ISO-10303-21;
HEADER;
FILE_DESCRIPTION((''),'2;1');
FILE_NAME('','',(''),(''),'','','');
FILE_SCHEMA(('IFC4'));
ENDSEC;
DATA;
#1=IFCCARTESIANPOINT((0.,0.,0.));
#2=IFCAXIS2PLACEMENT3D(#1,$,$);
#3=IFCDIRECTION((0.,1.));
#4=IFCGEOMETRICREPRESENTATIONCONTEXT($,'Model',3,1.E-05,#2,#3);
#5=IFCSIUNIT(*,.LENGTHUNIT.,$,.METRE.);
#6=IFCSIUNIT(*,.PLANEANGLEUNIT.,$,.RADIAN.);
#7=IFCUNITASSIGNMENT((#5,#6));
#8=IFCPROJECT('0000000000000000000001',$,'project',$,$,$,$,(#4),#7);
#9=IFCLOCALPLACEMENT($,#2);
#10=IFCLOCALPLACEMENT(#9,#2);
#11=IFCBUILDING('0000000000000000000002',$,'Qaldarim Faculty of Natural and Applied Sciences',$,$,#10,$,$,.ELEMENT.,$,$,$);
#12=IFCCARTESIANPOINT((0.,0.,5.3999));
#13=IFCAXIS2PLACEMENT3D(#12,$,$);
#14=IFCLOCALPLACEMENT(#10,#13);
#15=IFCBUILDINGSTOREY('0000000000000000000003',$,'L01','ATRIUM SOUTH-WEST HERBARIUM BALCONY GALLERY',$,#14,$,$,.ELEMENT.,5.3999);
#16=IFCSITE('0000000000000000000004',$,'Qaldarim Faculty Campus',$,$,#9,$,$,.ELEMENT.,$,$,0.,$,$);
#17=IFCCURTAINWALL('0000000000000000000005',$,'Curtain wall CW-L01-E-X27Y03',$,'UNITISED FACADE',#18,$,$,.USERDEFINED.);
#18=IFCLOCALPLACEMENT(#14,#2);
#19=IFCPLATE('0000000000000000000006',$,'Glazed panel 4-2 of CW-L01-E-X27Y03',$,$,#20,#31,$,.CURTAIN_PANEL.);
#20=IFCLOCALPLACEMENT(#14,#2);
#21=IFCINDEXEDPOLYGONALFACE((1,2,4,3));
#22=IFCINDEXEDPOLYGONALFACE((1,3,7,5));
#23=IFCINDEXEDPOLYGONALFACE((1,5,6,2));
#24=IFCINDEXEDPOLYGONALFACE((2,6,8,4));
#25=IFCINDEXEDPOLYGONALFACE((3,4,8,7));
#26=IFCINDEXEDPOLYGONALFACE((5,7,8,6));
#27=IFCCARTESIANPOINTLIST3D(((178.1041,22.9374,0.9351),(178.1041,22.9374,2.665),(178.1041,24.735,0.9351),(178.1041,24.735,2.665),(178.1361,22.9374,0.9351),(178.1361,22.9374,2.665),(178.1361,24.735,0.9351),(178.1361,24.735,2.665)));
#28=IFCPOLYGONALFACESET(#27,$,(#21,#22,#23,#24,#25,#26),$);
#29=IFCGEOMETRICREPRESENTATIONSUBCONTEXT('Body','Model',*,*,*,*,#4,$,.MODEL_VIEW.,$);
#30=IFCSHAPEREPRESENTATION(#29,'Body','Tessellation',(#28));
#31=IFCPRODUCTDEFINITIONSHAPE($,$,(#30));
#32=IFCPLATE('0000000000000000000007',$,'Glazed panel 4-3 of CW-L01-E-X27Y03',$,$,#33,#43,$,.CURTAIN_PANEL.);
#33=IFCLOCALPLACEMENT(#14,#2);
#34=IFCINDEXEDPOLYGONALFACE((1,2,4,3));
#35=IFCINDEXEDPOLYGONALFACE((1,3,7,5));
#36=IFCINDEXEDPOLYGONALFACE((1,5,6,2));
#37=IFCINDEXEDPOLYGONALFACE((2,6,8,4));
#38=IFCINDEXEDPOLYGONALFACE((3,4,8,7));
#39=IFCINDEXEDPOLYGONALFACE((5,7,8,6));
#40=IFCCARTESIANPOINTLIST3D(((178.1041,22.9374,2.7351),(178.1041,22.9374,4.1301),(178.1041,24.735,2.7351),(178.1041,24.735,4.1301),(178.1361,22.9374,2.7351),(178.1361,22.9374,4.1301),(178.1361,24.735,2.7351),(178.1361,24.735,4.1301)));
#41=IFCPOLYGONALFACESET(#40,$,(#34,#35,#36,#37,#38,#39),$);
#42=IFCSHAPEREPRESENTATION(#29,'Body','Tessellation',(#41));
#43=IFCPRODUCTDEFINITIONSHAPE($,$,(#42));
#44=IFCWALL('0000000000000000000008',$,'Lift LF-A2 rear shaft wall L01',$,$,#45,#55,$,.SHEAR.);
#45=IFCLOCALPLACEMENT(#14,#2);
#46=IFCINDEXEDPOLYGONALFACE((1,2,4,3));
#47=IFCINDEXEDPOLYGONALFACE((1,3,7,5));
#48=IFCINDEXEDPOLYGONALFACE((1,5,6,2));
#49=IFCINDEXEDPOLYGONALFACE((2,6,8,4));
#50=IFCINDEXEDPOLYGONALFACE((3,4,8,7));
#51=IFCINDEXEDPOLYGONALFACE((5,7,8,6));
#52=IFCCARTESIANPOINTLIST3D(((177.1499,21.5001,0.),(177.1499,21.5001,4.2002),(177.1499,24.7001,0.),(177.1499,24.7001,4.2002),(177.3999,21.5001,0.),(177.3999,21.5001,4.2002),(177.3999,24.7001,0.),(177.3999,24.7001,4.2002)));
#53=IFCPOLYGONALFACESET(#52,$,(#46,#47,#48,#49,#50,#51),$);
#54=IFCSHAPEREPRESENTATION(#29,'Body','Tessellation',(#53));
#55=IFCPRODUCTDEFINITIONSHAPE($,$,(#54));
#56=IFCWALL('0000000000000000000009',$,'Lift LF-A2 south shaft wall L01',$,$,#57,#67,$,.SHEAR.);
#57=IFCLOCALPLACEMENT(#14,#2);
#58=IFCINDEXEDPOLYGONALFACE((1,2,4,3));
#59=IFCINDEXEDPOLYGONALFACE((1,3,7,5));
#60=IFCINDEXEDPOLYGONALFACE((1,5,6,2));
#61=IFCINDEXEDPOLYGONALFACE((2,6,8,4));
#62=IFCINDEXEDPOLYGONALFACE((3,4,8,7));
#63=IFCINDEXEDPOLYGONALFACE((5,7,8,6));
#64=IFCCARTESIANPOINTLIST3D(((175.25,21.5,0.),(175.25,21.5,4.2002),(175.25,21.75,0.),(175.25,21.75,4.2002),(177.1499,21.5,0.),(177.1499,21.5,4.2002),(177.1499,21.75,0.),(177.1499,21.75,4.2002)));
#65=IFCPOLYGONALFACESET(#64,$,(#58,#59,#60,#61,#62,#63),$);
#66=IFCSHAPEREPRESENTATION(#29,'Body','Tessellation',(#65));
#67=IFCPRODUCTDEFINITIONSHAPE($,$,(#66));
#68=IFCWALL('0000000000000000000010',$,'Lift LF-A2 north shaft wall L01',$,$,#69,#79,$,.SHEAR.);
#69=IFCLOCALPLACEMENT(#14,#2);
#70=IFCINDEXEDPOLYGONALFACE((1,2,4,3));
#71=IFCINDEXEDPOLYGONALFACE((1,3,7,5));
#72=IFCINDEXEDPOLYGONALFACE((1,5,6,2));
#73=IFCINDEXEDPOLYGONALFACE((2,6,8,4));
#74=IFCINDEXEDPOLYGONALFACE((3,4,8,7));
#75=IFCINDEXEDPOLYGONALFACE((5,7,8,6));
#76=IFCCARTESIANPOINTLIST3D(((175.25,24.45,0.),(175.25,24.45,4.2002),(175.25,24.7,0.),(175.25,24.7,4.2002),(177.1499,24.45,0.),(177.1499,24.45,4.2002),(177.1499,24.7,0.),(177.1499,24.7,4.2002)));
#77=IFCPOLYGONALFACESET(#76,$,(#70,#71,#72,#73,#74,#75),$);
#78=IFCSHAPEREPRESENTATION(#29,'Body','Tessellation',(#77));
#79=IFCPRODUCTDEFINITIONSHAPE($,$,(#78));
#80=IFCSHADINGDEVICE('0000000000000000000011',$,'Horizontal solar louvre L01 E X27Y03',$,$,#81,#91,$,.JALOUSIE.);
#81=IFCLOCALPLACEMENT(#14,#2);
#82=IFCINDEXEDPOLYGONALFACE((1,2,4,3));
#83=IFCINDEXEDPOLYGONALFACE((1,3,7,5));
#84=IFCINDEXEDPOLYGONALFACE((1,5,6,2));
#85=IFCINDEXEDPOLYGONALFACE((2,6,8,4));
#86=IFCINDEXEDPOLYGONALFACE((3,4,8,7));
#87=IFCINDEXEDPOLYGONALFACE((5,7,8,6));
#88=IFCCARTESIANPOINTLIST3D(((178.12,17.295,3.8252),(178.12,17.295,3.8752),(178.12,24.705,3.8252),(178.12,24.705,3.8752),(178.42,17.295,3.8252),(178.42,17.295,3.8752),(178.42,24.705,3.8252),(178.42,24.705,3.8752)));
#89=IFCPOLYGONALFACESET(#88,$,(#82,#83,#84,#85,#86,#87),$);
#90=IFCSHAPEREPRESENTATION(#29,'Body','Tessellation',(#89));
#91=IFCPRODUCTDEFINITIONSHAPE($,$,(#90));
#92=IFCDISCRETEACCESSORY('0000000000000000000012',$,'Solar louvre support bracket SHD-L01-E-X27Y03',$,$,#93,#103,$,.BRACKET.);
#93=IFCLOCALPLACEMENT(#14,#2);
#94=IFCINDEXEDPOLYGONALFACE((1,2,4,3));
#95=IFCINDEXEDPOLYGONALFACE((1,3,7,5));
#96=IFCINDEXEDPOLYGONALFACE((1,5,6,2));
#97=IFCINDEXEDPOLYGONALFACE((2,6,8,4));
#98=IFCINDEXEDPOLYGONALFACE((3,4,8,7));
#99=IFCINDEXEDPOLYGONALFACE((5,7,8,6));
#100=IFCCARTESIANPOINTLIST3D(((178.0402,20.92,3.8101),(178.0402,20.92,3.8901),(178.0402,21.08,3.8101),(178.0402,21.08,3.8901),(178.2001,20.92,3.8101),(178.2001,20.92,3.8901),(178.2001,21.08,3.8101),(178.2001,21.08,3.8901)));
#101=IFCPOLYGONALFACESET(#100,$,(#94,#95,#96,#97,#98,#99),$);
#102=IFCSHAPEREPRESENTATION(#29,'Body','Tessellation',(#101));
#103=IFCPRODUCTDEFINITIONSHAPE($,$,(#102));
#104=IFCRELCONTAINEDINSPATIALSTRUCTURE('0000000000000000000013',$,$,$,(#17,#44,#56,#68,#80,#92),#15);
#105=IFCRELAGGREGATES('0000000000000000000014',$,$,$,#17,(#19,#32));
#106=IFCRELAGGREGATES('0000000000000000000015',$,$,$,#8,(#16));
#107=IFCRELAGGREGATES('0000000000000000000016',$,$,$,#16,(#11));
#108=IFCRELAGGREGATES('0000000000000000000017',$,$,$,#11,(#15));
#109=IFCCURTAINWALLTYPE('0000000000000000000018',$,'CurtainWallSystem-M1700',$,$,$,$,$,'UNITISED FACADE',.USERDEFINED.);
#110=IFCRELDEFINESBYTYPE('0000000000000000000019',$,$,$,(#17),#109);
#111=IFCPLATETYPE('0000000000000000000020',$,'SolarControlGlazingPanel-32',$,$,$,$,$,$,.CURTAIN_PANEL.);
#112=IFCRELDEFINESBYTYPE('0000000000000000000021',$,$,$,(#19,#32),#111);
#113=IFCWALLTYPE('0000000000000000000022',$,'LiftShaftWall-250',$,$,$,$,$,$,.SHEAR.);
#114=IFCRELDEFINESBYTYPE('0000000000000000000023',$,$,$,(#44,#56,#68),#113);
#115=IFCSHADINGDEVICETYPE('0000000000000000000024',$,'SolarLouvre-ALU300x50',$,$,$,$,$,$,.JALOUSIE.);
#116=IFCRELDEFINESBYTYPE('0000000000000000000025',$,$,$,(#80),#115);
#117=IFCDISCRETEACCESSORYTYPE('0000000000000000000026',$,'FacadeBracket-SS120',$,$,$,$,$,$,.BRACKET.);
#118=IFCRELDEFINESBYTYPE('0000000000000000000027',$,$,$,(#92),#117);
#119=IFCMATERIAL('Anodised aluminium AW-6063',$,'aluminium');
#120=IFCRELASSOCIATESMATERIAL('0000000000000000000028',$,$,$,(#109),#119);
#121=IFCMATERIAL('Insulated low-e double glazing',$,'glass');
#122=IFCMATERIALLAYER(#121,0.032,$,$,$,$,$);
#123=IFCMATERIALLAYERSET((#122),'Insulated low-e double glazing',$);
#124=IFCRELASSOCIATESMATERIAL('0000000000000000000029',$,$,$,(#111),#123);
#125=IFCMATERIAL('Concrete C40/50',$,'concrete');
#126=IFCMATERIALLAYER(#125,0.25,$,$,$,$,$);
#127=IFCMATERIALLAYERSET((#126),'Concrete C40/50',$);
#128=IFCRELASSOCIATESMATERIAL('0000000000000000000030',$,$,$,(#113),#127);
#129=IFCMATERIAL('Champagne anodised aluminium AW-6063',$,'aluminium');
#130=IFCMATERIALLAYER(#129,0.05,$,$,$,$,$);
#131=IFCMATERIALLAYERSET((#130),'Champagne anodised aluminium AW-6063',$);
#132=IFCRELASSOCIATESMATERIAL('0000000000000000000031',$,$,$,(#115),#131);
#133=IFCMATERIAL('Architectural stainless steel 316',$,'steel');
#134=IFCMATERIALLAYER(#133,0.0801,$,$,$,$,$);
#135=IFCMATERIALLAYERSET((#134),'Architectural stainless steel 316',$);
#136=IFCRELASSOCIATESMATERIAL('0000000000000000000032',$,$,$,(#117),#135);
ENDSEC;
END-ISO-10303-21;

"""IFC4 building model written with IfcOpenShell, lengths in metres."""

from ifc_helpers import new_model, si_unit, direction, frame, frame_2d, origin, origin_2d, place, context, subcontext, project, spatial, rectangle, extrude, material, layer, layer_set, type_object, element, aggregate, save


model = new_model("IFC4")

# Units and contexts
model_context = context("Model", 3, precision=1e-05, world=origin(), true_north=direction((0.0, 1.0)))
body_context = subcontext(model_context, "Body", "Model", "MODEL_VIEW")
ifc_project = project(units=[si_unit("LENGTHUNIT", "METRE"), si_unit("PLANEANGLEUNIT", "RADIAN")], contexts=[model_context])

# Site, building, storey
site_placement = place(None, origin())
site = spatial("IfcSite", under=ifc_project, at=site_placement, Name="Qaldarim Faculty Campus", CompositionType="ELEMENT", RefElevation=0.0)
building_placement = place(site_placement, origin())
building = spatial("IfcBuilding", under=site, at=building_placement, Name="Qaldarim Faculty of Natural and Applied Sciences", CompositionType="ELEMENT")
storey_placement = place(building_placement, frame((0.0, 0.0, 5.3999)))
storey = spatial("IfcBuildingStorey", under=building, at=storey_placement, Name="L01", Description="ATRIUM SOUTH-WEST HERBARIUM BALCONY GALLERY", CompositionType="ELEMENT", Elevation=5.3999)

# Curtain wall, plates
ifc_material_1 = material(Name="Anodised aluminium AW-6063", Category="aluminium")
curtain_wall_type = type_object("IfcCurtainWallType", Name="CurtainWallSystem-M1700", ElementType="UNITISED FACADE", PredefinedType="USERDEFINED", material=ifc_material_1)
curtain_wall_placement = place(storey_placement, origin())
curtain_wall = element("IfcCurtainWall", 1, at=curtain_wall_placement, inside=storey, type_object=curtain_wall_type, Name="Curtain wall CW-L01-E-X27Y03", ObjectType="UNITISED FACADE", PredefinedType="USERDEFINED")
ifc_material_2 = material(Name="Insulated low-e double glazing", Category="glass")
ifc_layer_1 = layer(ifc_material_2, 0.032)
ifc_layer_set_1 = layer_set([ifc_layer_1], Name="Insulated low-e double glazing")
plate_type = type_object("IfcPlateType", Name="SolarControlGlazingPanel-32", PredefinedType="CURTAIN_PANEL", material=ifc_layer_set_1)
plate_1_placement = place(storey_placement, frame((178.1201, 23.8362, 0.9351), z_axis=(0.0, 0.0, 1.0), x_axis=(0.0, 1.0, 0.0)))
plate_1 = element("IfcPlate", 2, at=plate_1_placement, type_object=plate_type, Name="Glazed panel 4-2 of CW-L01-E-X27Y03", PredefinedType="CURTAIN_PANEL", context=body_context, shape_type="SweptSolid", body=[
    extrude(rectangle(XDim=1.7976, YDim=0.032, at=origin_2d()), origin(), (0.0, 0.0, 1.0), 1.73),
])
plate_2_placement = place(storey_placement, frame((178.1201, 23.8362, 2.7351), z_axis=(0.0, 0.0, 1.0), x_axis=(0.0, 1.0, 0.0)))
plate_2 = element("IfcPlate", 3, at=plate_2_placement, type_object=plate_type, Name="Glazed panel 4-3 of CW-L01-E-X27Y03", PredefinedType="CURTAIN_PANEL", context=body_context, shape_type="SweptSolid", body=[
    extrude(rectangle(XDim=1.7976, YDim=0.032, at=origin_2d()), origin(), (0.0, 0.0, 1.0), 1.395),
])
aggregate(curtain_wall, [plate_1, plate_2])

# Shared definitions
ifc_material_3 = material(Name="Concrete C40/50", Category="concrete")
ifc_layer_2 = layer(ifc_material_3, 0.25)
ifc_layer_set_2 = layer_set([ifc_layer_2], Name="Concrete C40/50")
wall_type = type_object("IfcWallType", Name="LiftShaftWall-250", PredefinedType="SHEAR", material=ifc_layer_set_2)
ifc_material_4 = material(Name="Architectural stainless steel 316", Category="steel")

# Walls
wall_1_placement = place(storey_placement, frame((177.2749, 21.5, 0.0), z_axis=(0.0, 0.0, 1.0), x_axis=(0.0, 1.0, 0.0)))
element("IfcWall", 4, at=wall_1_placement, inside=storey, type_object=wall_type, Name="Lift LF-A2 rear shaft wall L01", PredefinedType="SHEAR", context=body_context, shape_type="SweptSolid", body=[
    extrude(rectangle(XDim=3.2, YDim=0.25, at=frame_2d((1.6001, 0.0))), origin(), (0.0, 0.0, 1.0), 4.2002),
])
for number, where, z_axis, x_axis, name in (
    (5, (175.25, 21.625, 0.0), (0.0, 0.0, 1.0), (1.0, 0.0, 0.0), "Lift LF-A2 south shaft wall L01"),
    (6, (175.25, 24.575, 0.0), (0.0, 0.0, 1.0), (1.0, 0.0, 0.0), "Lift LF-A2 north shaft wall L01"),
):
    element("IfcWall", number, at=place(storey_placement, frame(where, z_axis=z_axis, x_axis=x_axis)), inside=storey, type_object=wall_type, Name=name, PredefinedType="SHEAR", context=body_context, shape_type="SweptSolid", body=[
        extrude(rectangle(XDim=1.8999, YDim=0.25, at=frame_2d((0.95, 0.0))), origin(), (0.0, 0.0, 1.0), 4.2002),
    ])

# Shading device
ifc_material_5 = material(Name="Champagne anodised aluminium AW-6063", Category="aluminium")
ifc_layer_3 = layer(ifc_material_5, 0.05)
ifc_layer_set_3 = layer_set([ifc_layer_3], Name="Champagne anodised aluminium AW-6063")
shading_device_type = type_object("IfcShadingDeviceType", Name="SolarLouvre-ALU300x50", PredefinedType="JALOUSIE", material=ifc_layer_set_3)
shading_device_placement = place(storey_placement, frame((178.27, 21.0, 3.8252), z_axis=(0.0, 0.0, 1.0), x_axis=(0.0, 1.0, 0.0)))
element("IfcShadingDevice", 7, at=shading_device_placement, inside=storey, type_object=shading_device_type, Name="Horizontal solar louvre L01 E X27Y03", PredefinedType="JALOUSIE", context=body_context, shape_type="SweptSolid", body=[
    extrude(rectangle(XDim=7.4099, YDim=0.3, at=origin_2d()), origin(), (0.0, 0.0, 1.0), 0.05),
])

# Discrete accessory
ifc_layer_4 = layer(ifc_material_4, 0.0801)
ifc_layer_set_4 = layer_set([ifc_layer_4], Name="Architectural stainless steel 316")
discrete_accessory_type = type_object("IfcDiscreteAccessoryType", Name="FacadeBracket-SS120", PredefinedType="BRACKET", material=ifc_layer_set_4)
discrete_accessory_placement = place(storey_placement, frame((178.1201, 21.0, 3.8101), z_axis=(0.0, 0.0, 1.0), x_axis=(0.0, 1.0, 0.0)))
element("IfcDiscreteAccessory", 8, at=discrete_accessory_placement, inside=storey, type_object=discrete_accessory_type, Name="Solar louvre support bracket SHD-L01-E-X27Y03", PredefinedType="BRACKET", context=body_context, shape_type="SweptSolid", body=[
    extrude(rectangle(XDim=0.1599, YDim=0.1599, at=origin_2d()), origin(), (0.0, 0.0, 1.0), 0.0801),
])

save(model, "model.ifc")
